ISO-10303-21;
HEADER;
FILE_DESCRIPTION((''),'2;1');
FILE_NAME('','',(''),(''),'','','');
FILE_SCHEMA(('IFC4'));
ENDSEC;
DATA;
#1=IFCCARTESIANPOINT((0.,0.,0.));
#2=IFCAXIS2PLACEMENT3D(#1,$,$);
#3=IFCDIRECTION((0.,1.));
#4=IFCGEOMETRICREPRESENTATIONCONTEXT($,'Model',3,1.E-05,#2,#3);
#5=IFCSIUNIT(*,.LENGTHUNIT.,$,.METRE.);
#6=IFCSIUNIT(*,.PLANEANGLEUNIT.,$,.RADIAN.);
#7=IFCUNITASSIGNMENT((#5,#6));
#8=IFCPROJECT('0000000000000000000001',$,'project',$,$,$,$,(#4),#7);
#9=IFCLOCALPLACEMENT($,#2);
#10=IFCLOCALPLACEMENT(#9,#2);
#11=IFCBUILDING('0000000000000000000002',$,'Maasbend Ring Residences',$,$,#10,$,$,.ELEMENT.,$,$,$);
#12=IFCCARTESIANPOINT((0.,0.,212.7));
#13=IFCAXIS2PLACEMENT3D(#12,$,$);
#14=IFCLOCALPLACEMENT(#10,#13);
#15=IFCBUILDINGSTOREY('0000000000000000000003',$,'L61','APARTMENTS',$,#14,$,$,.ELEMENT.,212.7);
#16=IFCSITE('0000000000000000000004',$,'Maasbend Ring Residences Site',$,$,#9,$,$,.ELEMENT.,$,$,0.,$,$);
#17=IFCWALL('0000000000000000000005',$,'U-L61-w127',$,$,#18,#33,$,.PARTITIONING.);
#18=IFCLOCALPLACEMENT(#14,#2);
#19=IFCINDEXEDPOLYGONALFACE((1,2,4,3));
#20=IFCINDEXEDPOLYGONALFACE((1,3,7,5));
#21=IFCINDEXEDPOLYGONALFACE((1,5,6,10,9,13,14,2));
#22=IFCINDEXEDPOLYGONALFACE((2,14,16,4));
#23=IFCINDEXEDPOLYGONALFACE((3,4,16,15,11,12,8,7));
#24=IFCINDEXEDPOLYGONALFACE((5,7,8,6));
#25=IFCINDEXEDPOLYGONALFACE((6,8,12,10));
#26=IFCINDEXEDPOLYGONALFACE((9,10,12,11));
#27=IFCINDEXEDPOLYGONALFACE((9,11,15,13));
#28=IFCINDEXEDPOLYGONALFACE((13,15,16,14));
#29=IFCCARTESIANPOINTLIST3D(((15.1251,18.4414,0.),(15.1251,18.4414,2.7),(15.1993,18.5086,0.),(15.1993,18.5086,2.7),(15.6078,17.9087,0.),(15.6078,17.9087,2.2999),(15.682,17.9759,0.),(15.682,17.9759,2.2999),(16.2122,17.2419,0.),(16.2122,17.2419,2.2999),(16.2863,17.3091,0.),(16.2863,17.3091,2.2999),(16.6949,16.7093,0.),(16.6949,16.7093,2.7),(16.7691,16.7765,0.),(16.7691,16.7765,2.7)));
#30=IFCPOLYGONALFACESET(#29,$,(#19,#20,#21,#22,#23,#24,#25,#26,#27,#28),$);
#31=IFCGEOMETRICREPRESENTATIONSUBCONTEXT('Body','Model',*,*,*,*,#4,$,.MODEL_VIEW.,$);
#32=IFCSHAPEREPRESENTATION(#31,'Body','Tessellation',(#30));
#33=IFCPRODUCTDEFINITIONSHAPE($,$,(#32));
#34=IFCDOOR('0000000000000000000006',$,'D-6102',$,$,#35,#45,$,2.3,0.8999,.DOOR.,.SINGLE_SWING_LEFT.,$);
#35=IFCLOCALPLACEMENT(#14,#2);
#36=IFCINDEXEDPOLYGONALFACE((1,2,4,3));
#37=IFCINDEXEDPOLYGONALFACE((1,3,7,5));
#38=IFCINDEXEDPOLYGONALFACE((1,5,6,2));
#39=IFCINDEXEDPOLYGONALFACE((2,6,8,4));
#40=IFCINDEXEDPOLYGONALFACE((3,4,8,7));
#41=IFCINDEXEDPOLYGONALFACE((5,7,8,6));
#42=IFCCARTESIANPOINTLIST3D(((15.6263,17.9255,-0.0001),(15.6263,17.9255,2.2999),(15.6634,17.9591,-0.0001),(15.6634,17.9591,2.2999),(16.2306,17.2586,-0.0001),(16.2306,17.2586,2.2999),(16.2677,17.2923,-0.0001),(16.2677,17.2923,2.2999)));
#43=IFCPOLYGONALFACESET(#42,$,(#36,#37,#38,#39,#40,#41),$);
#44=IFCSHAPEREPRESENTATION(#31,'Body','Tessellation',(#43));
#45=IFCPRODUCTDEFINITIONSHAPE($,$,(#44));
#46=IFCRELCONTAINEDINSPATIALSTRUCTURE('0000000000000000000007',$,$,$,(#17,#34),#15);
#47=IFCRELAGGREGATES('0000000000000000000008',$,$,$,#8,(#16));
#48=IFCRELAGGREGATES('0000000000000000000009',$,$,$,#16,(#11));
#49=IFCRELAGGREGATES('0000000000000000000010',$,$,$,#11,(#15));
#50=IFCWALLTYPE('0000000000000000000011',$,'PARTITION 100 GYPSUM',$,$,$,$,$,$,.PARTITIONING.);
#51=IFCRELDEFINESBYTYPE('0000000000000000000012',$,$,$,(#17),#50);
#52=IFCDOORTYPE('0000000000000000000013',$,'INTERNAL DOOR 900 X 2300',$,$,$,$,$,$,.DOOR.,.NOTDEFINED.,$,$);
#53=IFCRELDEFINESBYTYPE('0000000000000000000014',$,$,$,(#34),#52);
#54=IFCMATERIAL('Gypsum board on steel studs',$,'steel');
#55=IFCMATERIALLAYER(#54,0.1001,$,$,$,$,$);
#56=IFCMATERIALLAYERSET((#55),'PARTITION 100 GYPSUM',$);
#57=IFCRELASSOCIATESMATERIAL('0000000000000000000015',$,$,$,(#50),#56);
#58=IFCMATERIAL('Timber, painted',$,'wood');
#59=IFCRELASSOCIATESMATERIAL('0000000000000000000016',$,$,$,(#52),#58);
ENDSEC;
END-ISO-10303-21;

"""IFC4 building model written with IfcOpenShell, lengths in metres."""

from ifc_helpers import new_model, si_unit, direction, frame, frame_2d, origin, place, context, subcontext, project, spatial, rectangle, extrude, material, layer, layer_set, type_object, element, fill, save


model = new_model("IFC4")

# Units and contexts
model_context = context("Model", 3, precision=1e-05, world=origin(), true_north=direction((0.0, 1.0)))
body_context = subcontext(model_context, "Body", "Model", "MODEL_VIEW")
ifc_project = project(units=[si_unit("LENGTHUNIT", "METRE"), si_unit("PLANEANGLEUNIT", "RADIAN")], contexts=[model_context])

# Site, building, storey
site_placement = place(None, origin())
site = spatial("IfcSite", under=ifc_project, at=site_placement, Name="Maasbend Ring Residences Site", CompositionType="ELEMENT", RefElevation=0.0)
building_placement = place(site_placement, origin())
building = spatial("IfcBuilding", under=site, at=building_placement, Name="Maasbend Ring Residences", CompositionType="ELEMENT")
storey_placement = place(building_placement, frame((0.0, 0.0, 212.7)))
storey = spatial("IfcBuildingStorey", under=building, at=storey_placement, Name="L61", Description="APARTMENTS", CompositionType="ELEMENT", Elevation=212.7)

# Wall, opening, door
ifc_material_1 = material(Name="Gypsum board on steel studs", Category="steel")
ifc_layer_1 = layer(ifc_material_1, 0.1001)
ifc_layer_set_1 = layer_set([ifc_layer_1], Name="PARTITION 100 GYPSUM")
wall_type_1 = type_object("IfcWallType", Name="PARTITION 100 GYPSUM", PredefinedType="PARTITIONING", material=ifc_layer_set_1)
ifc_material_2 = material(Name="Timber, painted", Category="wood")
door_type_1 = type_object("IfcDoorType", Name="INTERNAL DOOR 900 X 2300", OperationType="NOTDEFINED", PredefinedType="DOOR", material=ifc_material_2)
wall_1_placement = place(storey_placement, frame((15.1621, 18.4751, 0.0), z_axis=(0.0, 0.0, 1.0), x_axis=(0.671528, -0.740979, 0.0)))
wall_1 = element("IfcWall", 1, at=wall_1_placement, inside=storey, type_object=wall_type_1, Name="U-L61-w127", PredefinedType="PARTITIONING", context=body_context, shape_type="SweptSolid", body=[
    extrude(rectangle(XDim=2.3376, YDim=0.1001, at=frame_2d((1.1689, 0.0))), origin(), (0.0, 0.0, 1.0), 2.7),
])
opening_1_placement = place(wall_1_placement, frame((0.719, 0.0, 0.0)))
opening_1 = element("IfcOpeningElement", 2, at=opening_1_placement, cuts=wall_1, PredefinedType="OPENING", context=body_context, shape_type="SweptSolid", body=[
    extrude(rectangle(XDim=0.8999, YDim=2.3, at=frame_2d((0.45, 1.1499))), frame((0.0, 0.0601, 0.0), z_axis=(0.0, -1.0, 0.0), x_axis=(1.0, 0.0, 0.0)), (0.0, 0.0, 1.0), 0.1201),
])
door_1_placement = place(opening_1_placement, origin())
door_1 = element("IfcDoor", 3, at=door_1_placement, inside=storey, type_object=door_type_1, Name="D-6102", OperationType="SINGLE_SWING_LEFT", OverallHeight=2.3, OverallWidth=0.8999, PredefinedType="DOOR", context=body_context, shape_type="SweptSolid", body=[
    extrude(rectangle(XDim=0.8999, YDim=2.3, at=frame_2d((0.45, 1.1499))), frame((0.0, 0.0249, 0.0), z_axis=(0.0, -1.0, 0.0), x_axis=(1.0, 0.0, 0.0)), (0.0, 0.0, 1.0), 0.05),
])
fill(opening_1, door_1)

save(model, "model.ifc")
